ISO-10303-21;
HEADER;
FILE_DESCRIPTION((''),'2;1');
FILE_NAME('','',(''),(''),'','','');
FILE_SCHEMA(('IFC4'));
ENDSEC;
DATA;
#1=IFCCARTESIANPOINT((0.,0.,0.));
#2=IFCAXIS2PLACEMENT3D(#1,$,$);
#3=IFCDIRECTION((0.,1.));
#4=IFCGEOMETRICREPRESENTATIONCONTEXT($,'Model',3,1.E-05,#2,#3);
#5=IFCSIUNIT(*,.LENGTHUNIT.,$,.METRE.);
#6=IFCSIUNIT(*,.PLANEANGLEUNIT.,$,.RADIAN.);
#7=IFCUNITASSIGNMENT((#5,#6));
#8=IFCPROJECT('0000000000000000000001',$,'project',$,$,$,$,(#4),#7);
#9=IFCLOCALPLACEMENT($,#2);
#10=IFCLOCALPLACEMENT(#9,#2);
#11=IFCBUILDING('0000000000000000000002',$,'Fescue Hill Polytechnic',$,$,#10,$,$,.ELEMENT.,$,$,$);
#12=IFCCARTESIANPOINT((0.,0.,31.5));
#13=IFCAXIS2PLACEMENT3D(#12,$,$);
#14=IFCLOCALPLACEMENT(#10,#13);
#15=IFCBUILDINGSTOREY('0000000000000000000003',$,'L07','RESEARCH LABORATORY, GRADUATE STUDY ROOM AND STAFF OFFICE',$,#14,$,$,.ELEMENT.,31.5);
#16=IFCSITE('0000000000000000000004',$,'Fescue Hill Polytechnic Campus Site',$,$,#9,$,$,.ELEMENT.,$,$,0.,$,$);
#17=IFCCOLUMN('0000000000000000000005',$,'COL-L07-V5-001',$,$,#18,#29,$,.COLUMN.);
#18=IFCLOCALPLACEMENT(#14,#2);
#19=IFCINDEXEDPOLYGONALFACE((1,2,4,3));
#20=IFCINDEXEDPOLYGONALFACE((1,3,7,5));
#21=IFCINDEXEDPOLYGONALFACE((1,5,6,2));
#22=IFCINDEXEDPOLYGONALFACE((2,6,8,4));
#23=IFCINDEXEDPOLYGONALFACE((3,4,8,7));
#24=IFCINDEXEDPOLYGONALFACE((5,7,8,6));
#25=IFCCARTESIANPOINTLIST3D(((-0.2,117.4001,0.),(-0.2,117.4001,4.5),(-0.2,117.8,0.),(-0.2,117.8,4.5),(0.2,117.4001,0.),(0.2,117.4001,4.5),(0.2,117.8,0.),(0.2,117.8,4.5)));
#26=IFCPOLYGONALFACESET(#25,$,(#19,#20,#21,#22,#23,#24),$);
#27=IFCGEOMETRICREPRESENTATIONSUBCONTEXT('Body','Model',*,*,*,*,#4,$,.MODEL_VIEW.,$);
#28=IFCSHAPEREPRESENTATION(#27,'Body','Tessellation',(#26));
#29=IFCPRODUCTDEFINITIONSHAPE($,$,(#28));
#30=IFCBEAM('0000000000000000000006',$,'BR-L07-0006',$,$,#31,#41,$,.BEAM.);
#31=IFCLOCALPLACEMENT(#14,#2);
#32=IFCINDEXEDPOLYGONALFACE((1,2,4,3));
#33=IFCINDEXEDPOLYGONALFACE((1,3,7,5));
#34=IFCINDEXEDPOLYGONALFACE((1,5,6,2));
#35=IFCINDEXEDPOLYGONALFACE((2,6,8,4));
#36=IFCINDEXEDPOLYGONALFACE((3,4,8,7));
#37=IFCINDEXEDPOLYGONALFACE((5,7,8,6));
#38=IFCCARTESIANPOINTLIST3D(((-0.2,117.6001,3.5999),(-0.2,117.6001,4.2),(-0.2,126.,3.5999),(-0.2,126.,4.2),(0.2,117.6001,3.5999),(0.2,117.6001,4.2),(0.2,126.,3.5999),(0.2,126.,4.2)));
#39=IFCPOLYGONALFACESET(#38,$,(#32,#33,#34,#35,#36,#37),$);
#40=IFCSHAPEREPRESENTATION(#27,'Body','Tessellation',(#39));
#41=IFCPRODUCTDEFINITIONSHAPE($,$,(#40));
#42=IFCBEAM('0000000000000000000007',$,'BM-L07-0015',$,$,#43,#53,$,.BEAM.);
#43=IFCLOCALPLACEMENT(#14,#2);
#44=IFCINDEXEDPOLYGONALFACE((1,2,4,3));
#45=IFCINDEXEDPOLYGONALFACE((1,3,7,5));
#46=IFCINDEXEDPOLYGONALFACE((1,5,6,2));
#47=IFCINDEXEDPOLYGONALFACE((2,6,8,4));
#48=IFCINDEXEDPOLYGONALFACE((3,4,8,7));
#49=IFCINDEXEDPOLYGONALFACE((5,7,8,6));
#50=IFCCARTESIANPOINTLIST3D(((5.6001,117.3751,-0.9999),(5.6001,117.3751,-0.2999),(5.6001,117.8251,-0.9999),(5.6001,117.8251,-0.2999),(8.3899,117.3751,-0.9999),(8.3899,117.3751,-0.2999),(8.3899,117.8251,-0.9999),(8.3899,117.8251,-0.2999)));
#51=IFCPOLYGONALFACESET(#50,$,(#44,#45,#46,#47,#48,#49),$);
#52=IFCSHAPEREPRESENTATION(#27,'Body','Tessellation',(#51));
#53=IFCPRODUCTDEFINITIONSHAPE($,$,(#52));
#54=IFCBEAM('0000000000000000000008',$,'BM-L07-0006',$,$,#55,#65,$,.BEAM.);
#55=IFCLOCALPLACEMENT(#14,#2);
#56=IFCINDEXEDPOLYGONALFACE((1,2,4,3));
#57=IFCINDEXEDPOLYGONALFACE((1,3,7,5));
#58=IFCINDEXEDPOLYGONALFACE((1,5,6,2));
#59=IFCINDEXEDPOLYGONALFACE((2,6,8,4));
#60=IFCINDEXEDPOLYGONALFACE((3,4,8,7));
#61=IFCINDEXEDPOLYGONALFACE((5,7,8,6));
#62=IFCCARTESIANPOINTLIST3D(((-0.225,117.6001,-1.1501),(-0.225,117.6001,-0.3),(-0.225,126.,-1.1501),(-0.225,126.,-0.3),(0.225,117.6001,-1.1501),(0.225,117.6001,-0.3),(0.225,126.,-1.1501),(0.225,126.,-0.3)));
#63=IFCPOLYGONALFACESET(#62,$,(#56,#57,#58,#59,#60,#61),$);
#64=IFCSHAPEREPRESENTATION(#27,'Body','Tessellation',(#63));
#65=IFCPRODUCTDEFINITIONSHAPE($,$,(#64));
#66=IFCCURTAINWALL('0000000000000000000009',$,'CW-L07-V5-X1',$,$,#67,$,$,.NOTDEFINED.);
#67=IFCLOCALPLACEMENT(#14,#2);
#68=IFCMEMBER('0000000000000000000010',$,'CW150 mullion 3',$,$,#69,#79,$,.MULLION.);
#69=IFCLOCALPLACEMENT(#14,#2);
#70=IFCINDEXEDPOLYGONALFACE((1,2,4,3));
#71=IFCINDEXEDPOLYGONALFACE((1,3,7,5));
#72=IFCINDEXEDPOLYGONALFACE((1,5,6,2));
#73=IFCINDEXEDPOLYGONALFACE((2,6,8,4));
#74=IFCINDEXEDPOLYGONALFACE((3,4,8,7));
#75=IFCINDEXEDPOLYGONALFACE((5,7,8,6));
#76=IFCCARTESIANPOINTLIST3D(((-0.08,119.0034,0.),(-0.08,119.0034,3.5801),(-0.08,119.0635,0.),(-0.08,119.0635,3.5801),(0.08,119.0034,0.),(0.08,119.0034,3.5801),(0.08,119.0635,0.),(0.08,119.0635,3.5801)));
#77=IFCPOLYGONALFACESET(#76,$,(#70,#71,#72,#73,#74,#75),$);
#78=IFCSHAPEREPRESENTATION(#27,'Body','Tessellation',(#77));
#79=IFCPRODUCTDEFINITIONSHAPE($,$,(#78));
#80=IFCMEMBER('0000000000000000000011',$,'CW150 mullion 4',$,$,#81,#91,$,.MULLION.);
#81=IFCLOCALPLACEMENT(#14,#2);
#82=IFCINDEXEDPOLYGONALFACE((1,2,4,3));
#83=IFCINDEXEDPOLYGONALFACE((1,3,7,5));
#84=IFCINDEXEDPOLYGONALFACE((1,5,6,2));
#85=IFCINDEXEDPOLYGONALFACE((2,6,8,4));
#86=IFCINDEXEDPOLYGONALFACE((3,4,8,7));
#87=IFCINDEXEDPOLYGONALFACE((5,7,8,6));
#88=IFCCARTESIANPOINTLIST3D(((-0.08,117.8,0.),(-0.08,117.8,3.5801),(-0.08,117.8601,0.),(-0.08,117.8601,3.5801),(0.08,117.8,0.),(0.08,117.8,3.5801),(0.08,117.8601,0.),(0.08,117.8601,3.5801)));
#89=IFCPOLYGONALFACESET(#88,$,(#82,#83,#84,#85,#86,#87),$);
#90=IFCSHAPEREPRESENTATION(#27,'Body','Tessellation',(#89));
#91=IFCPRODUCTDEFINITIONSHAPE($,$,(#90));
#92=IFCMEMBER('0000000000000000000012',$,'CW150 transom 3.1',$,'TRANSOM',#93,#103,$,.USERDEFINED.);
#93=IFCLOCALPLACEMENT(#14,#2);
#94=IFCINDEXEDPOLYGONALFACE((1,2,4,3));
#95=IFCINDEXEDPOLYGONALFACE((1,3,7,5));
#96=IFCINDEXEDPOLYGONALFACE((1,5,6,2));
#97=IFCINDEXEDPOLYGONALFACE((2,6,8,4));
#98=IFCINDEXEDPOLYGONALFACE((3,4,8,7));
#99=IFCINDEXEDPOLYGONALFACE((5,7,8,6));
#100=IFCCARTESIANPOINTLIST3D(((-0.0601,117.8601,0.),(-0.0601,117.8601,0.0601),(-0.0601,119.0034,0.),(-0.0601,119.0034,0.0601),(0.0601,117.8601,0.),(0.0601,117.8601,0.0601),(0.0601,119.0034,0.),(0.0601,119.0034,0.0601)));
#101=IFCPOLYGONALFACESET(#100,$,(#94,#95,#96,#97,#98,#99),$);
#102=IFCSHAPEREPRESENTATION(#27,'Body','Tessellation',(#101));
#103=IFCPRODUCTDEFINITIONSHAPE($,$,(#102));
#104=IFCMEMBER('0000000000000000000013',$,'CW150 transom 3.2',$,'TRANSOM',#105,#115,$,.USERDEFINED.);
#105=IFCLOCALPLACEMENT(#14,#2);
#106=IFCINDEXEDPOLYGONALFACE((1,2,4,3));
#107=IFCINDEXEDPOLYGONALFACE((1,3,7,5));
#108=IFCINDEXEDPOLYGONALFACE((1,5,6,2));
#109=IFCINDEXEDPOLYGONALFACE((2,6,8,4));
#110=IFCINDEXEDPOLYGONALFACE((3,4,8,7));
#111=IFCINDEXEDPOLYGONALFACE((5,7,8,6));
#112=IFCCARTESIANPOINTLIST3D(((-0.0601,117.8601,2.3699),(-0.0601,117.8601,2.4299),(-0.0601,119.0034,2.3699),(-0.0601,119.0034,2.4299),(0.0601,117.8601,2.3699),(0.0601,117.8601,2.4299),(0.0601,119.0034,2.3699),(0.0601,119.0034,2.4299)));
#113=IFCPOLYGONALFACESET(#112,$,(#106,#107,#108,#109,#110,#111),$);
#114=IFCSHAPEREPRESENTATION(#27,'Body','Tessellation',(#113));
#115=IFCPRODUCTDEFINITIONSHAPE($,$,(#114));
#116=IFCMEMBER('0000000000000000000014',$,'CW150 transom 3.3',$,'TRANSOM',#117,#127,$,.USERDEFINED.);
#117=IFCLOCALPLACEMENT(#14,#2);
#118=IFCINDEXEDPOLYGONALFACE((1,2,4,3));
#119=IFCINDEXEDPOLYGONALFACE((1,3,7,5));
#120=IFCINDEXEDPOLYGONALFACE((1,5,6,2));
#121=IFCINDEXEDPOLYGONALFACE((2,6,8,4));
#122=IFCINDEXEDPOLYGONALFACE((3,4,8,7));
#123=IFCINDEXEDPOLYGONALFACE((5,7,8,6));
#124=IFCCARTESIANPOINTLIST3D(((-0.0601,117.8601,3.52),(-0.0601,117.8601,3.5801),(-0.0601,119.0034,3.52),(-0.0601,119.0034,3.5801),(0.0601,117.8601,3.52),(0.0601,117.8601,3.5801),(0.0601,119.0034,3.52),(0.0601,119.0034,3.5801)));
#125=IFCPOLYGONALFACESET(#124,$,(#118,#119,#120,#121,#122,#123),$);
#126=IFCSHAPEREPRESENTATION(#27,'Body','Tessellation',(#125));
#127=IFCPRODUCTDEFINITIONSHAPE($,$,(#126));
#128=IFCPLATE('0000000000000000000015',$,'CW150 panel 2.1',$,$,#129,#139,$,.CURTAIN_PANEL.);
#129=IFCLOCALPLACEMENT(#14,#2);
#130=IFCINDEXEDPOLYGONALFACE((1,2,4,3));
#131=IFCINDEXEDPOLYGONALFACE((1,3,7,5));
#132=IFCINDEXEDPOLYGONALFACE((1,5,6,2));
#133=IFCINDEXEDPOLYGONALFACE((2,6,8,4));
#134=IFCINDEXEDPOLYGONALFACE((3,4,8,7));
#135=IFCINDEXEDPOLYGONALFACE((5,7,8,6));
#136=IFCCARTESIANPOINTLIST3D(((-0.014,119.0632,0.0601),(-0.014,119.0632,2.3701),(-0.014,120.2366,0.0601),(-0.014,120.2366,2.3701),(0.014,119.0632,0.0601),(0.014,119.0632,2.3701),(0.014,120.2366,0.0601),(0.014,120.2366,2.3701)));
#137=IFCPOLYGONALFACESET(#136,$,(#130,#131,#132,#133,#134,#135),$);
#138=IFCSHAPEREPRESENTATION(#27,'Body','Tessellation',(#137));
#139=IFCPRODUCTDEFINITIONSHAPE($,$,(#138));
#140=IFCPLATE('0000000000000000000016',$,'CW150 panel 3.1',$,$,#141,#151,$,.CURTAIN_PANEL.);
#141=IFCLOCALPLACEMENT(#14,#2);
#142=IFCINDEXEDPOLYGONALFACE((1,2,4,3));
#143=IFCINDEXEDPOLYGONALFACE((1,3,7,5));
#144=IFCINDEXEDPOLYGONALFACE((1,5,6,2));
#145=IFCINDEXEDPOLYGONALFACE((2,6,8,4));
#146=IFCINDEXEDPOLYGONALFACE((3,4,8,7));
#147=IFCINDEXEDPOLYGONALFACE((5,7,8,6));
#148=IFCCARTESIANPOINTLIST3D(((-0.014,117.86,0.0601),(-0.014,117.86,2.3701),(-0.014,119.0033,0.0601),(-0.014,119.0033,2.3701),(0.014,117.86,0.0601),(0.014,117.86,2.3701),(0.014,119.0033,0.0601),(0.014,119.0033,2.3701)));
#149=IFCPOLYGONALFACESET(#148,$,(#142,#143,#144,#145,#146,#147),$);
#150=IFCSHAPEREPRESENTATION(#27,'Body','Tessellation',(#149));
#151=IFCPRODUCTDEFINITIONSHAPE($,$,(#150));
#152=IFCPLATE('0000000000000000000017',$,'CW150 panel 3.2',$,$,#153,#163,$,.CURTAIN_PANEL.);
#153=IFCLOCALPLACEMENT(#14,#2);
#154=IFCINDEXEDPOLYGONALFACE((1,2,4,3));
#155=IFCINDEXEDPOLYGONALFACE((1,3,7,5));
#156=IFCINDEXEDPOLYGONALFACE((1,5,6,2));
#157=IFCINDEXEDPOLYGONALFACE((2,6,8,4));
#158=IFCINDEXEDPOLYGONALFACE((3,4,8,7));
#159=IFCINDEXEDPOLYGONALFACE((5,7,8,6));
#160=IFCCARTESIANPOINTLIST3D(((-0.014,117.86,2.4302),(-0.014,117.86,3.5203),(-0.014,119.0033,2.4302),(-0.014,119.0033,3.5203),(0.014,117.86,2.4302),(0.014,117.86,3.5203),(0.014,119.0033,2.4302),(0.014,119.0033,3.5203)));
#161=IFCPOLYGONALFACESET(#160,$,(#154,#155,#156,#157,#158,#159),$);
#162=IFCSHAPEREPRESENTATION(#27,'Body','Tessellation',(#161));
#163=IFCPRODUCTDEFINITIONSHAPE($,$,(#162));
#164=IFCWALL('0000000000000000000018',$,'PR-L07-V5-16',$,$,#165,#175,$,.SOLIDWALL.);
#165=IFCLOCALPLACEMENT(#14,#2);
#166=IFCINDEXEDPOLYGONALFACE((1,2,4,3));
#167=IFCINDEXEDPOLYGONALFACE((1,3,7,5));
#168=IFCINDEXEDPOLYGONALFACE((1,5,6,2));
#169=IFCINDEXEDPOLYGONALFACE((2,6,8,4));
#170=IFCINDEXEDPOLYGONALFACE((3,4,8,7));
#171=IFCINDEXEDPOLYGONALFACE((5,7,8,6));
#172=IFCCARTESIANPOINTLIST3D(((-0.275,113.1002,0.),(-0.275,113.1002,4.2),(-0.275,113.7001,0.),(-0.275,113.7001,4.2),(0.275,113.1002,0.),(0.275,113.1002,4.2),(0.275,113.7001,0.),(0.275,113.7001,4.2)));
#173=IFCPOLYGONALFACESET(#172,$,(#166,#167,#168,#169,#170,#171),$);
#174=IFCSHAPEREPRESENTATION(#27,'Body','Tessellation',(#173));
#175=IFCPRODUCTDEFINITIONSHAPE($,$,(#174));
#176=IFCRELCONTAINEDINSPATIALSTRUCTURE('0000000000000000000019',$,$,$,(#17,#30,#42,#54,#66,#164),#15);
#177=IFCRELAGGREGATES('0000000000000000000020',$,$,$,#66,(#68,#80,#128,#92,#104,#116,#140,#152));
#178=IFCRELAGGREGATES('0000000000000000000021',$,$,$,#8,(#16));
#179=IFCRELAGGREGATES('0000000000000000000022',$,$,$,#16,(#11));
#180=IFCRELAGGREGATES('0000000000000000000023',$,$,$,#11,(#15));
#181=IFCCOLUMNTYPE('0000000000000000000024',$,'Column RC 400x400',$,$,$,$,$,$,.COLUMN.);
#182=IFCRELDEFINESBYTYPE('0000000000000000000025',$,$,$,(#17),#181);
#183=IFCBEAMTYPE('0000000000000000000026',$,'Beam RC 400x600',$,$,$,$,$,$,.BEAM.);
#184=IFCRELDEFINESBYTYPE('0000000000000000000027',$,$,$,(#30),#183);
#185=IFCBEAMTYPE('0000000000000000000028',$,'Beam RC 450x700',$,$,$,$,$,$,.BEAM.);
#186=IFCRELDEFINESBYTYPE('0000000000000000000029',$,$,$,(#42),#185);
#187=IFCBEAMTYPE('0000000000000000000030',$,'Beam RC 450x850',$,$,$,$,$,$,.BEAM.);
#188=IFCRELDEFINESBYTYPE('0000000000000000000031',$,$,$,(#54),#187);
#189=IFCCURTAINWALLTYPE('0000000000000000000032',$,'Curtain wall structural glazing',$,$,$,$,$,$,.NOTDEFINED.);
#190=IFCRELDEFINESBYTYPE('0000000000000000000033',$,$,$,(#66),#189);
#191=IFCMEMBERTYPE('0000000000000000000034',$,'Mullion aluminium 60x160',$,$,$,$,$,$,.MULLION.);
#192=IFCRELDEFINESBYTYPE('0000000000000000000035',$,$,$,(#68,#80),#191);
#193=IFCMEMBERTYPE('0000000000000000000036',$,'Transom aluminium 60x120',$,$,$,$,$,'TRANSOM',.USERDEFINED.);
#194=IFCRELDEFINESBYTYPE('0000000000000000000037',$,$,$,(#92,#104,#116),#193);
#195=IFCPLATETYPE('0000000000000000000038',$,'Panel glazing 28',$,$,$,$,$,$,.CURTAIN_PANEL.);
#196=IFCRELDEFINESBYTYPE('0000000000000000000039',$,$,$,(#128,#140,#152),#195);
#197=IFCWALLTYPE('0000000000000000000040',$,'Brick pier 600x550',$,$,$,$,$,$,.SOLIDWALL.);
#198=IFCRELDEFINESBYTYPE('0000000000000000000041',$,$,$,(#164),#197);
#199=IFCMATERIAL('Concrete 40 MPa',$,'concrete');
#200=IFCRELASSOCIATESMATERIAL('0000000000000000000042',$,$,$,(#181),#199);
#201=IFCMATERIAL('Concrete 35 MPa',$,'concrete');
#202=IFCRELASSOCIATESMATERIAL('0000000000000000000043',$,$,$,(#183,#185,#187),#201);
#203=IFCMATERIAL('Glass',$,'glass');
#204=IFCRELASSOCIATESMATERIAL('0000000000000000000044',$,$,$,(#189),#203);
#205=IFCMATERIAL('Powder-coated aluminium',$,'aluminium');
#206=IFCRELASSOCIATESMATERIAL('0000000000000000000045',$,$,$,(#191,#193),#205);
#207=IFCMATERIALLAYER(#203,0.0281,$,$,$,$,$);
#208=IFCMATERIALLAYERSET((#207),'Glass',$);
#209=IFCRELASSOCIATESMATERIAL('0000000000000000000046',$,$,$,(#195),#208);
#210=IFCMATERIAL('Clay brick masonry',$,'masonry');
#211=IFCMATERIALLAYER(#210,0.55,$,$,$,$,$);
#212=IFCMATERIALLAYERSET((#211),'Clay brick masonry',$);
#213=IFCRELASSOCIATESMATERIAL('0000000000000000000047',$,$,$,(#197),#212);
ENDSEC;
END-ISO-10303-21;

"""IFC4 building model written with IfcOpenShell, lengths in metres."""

from ifc_helpers import new_model, si_unit, direction, frame, frame_2d, origin, origin_2d, place, context, subcontext, project, spatial, rectangle, extrude, material, layer, layer_set, material_profile, profile_set, type_object, element, aggregate, save


model = new_model("IFC4")

# Units and contexts
model_context = context("Model", 3, precision=1e-05, world=origin(), true_north=direction((0.0, 1.0)))
body_context = subcontext(model_context, "Body", "Model", "MODEL_VIEW")
ifc_project = project(units=[si_unit("LENGTHUNIT", "METRE"), si_unit("PLANEANGLEUNIT", "RADIAN")], contexts=[model_context])

# Site, building, storey
site_placement = place(None, origin())
site = spatial("IfcSite", under=ifc_project, at=site_placement, Name="Fescue Hill Polytechnic Campus Site", CompositionType="ELEMENT", RefElevation=0.0)
building_placement = place(site_placement, origin())
building = spatial("IfcBuilding", under=site, at=building_placement, Name="Fescue Hill Polytechnic", CompositionType="ELEMENT")
storey_placement = place(building_placement, frame((0.0, 0.0, 31.5)))
storey = spatial("IfcBuildingStorey", under=building, at=storey_placement, Name="L07", Description="RESEARCH LABORATORY, GRADUATE STUDY ROOM AND STAFF OFFICE", CompositionType="ELEMENT", Elevation=31.5)

# Column
ifc_material_1 = material(Name="Concrete 40 MPa", Category="concrete")
ifc_material_profile_1 = material_profile(ifc_material_1, rectangle(XDim=0.3999, YDim=0.3999, at=origin_2d()), Name="RC 400x400")
ifc_profile_set_1 = profile_set([ifc_material_profile_1], Name="Concrete 40 MPa")
column_type = type_object("IfcColumnType", Name="Column RC 400x400", PredefinedType="COLUMN", material=ifc_profile_set_1)
column_placement = place(storey_placement, frame((0.0, 117.6001, 0.0), z_axis=(0.0, 0.0, 1.0), x_axis=(1.0, 0.0, 0.0)))
element("IfcColumn", 1, at=column_placement, inside=storey, type_object=column_type, Name="COL-L07-V5-001", PredefinedType="COLUMN", context=body_context, shape_type="SweptSolid", body=[
    extrude(rectangle(XDim=0.3999, YDim=0.3999, at=origin_2d()), origin(), (0.0, 0.0, 1.0), 4.5),
])

# Beams
ifc_material_2 = material(Name="Concrete 35 MPa", Category="concrete")
ifc_material_profile_2 = material_profile(ifc_material_2, rectangle(XDim=0.3999, YDim=0.6001, at=origin_2d()), Name="RC 400x600")
ifc_profile_set_2 = profile_set([ifc_material_profile_2], Name="Concrete 35 MPa")
beam_type_1 = type_object("IfcBeamType", Name="Beam RC 400x600", PredefinedType="BEAM", material=ifc_profile_set_2)
beam_1_placement = place(storey_placement, frame((0.0, 117.6001, 3.8999), z_axis=(0.0, 1.0, 0.0), x_axis=(-1.0, 0.0, 0.0)))
element("IfcBeam", 2, at=beam_1_placement, inside=storey, type_object=beam_type_1, Name="BR-L07-0006", PredefinedType="BEAM", context=body_context, shape_type="SweptSolid", body=[
    extrude(rectangle(XDim=0.3999, YDim=0.6001, at=origin_2d()), origin(), (0.0, 0.0, 1.0), 8.3999),
])
ifc_material_profile_3 = material_profile(ifc_material_2, rectangle(XDim=0.45, YDim=0.7, at=origin_2d()), Name="RC 450x700")
ifc_profile_set_3 = profile_set([ifc_material_profile_3], Name="Concrete 35 MPa")
beam_type_2 = type_object("IfcBeamType", Name="Beam RC 450x700", PredefinedType="BEAM", material=ifc_profile_set_3)
beam_2_placement = place(storey_placement, frame((5.6001, 117.6001, -0.6499), z_axis=(1.0, 0.0, 0.0), x_axis=(0.0, 1.0, 0.0)))
element("IfcBeam", 3, at=beam_2_placement, inside=storey, type_object=beam_type_2, Name="BM-L07-0015", PredefinedType="BEAM", context=body_context, shape_type="SweptSolid", body=[
    extrude(rectangle(XDim=0.45, YDim=0.7, at=origin_2d()), origin(), (0.0, 0.0, 1.0), 2.7898),
])
ifc_material_profile_4 = material_profile(ifc_material_2, rectangle(XDim=0.45, YDim=0.8501, at=origin_2d()), Name="RC 450x850")
ifc_profile_set_4 = profile_set([ifc_material_profile_4], Name="Concrete 35 MPa")
beam_type_3 = type_object("IfcBeamType", Name="Beam RC 450x850", PredefinedType="BEAM", material=ifc_profile_set_4)
beam_3_placement = place(storey_placement, frame((0.0, 117.6001, -0.7251), z_axis=(0.0, 1.0, 0.0), x_axis=(-1.0, 0.0, 0.0)))
element("IfcBeam", 4, at=beam_3_placement, inside=storey, type_object=beam_type_3, Name="BM-L07-0006", PredefinedType="BEAM", context=body_context, shape_type="SweptSolid", body=[
    extrude(rectangle(XDim=0.45, YDim=0.8501, at=origin_2d()), origin(), (0.0, 0.0, 1.0), 8.3999),
])

# Curtain wall, members, plates
ifc_material_3 = material(Name="Glass", Category="glass")
curtain_wall_type = type_object("IfcCurtainWallType", Name="Curtain wall structural glazing", PredefinedType="NOTDEFINED", material=ifc_material_3)
curtain_wall_placement = place(storey_placement, origin())
curtain_wall = element("IfcCurtainWall", 5, at=curtain_wall_placement, inside=storey, type_object=curtain_wall_type, Name="CW-L07-V5-X1", PredefinedType="NOTDEFINED")
ifc_material_4 = material(Name="Powder-coated aluminium", Category="aluminium")
ifc_material_profile_5 = material_profile(ifc_material_4, rectangle(XDim=0.1599, YDim=0.0601, at=origin_2d()), Name="Mullion aluminium 60x160")
ifc_profile_set_5 = profile_set([ifc_material_profile_5], Name="Powder-coated aluminium")
member_type_1 = type_object("IfcMemberType", Name="Mullion aluminium 60x160", PredefinedType="MULLION", material=ifc_profile_set_5)
member_1_placement = place(storey_placement, frame((0.0, 119.0334, 0.0), z_axis=(0.0, 0.0, 1.0), x_axis=(1.0, 0.0, 0.0)))
member_1 = element("IfcMember", 6, at=member_1_placement, type_object=member_type_1, Name="CW150 mullion 3", PredefinedType="MULLION", context=body_context, shape_type="SweptSolid", body=[
    extrude(rectangle(XDim=0.1599, YDim=0.0601, at=origin_2d()), origin(), (0.0, 0.0, 1.0), 3.5801),
])
member_2_placement = place(storey_placement, frame((0.0, 117.8301, 0.0), z_axis=(0.0, 0.0, 1.0), x_axis=(1.0, 0.0, 0.0)))
member_2 = element("IfcMember", 7, at=member_2_placement, type_object=member_type_1, Name="CW150 mullion 4", PredefinedType="MULLION", context=body_context, shape_type="SweptSolid", body=[
    extrude(rectangle(XDim=0.1599, YDim=0.0601, at=origin_2d()), origin(), (0.0, 0.0, 1.0), 3.5801),
])
ifc_material_profile_6 = material_profile(ifc_material_4, rectangle(XDim=0.1201, YDim=0.0601, at=origin_2d()), Name="Transom aluminium 60x120")
ifc_profile_set_6 = profile_set([ifc_material_profile_6], Name="Powder-coated aluminium")
member_type_2 = type_object("IfcMemberType", Name="Transom aluminium 60x120", ElementType="TRANSOM", PredefinedType="USERDEFINED", material=ifc_profile_set_6)
member_3_placement = place(storey_placement, frame((0.0, 119.0034, 0.03), z_axis=(0.0, -1.0, 0.0), x_axis=(1.0, 0.0, 0.0)))
member_3 = element("IfcMember", 8, at=member_3_placement, type_object=member_type_2, Name="CW150 transom 3.1", ObjectType="TRANSOM", PredefinedType="USERDEFINED", context=body_context, shape_type="SweptSolid", body=[
    extrude(rectangle(XDim=0.1201, YDim=0.0601, at=origin_2d()), origin(), (0.0, 0.0, 1.0), 1.1433),
])
member_4_placement = place(storey_placement, frame((0.0, 119.0034, 2.3999), z_axis=(0.0, -1.0, 0.0), x_axis=(1.0, 0.0, 0.0)))
member_4 = element("IfcMember", 9, at=member_4_placement, type_object=member_type_2, Name="CW150 transom 3.2", ObjectType="TRANSOM", PredefinedType="USERDEFINED", context=body_context, shape_type="SweptSolid", body=[
    extrude(rectangle(XDim=0.1201, YDim=0.0601, at=origin_2d()), origin(), (0.0, 0.0, 1.0), 1.1433),
])
member_5_placement = place(storey_placement, frame((0.0, 119.0034, 3.55), z_axis=(0.0, -1.0, 0.0), x_axis=(1.0, 0.0, 0.0)))
member_5 = element("IfcMember", 10, at=member_5_placement, type_object=member_type_2, Name="CW150 transom 3.3", ObjectType="TRANSOM", PredefinedType="USERDEFINED", context=body_context, shape_type="SweptSolid", body=[
    extrude(rectangle(XDim=0.1201, YDim=0.0601, at=origin_2d()), origin(), (0.0, 0.0, 1.0), 1.1433),
])
ifc_layer_1 = layer(ifc_material_3, 0.0281)
ifc_layer_set_1 = layer_set([ifc_layer_1], Name="Glass")
plate_type = type_object("IfcPlateType", Name="Panel glazing 28", PredefinedType="CURTAIN_PANEL", material=ifc_layer_set_1)
plate_1_placement = place(storey_placement, frame((0.0, 119.6499, 0.0601), z_axis=(0.0, 0.0, 1.0), x_axis=(0.0, -1.0, 0.0)))
plate_1 = element("IfcPlate", 11, at=plate_1_placement, type_object=plate_type, Name="CW150 panel 2.1", PredefinedType="CURTAIN_PANEL", context=body_context, shape_type="SweptSolid", body=[
    extrude(rectangle(XDim=1.1733, YDim=0.0281, at=origin_2d()), origin(), (0.0, 0.0, 1.0), 2.3101),
])
plate_2_placement = place(storey_placement, frame((0.0, 118.4316, 0.0601), z_axis=(0.0, 0.0, 1.0), x_axis=(0.0, -1.0, 0.0)))
plate_2 = element("IfcPlate", 12, at=plate_2_placement, type_object=plate_type, Name="CW150 panel 3.1", PredefinedType="CURTAIN_PANEL", context=body_context, shape_type="SweptSolid", body=[
    extrude(rectangle(XDim=1.1433, YDim=0.0281, at=origin_2d()), origin(), (0.0, 0.0, 1.0), 2.3101),
])
plate_3_placement = place(storey_placement, frame((0.0, 118.4316, 2.4302), z_axis=(0.0, 0.0, 1.0), x_axis=(0.0, -1.0, 0.0)))
plate_3 = element("IfcPlate", 13, at=plate_3_placement, type_object=plate_type, Name="CW150 panel 3.2", PredefinedType="CURTAIN_PANEL", context=body_context, shape_type="SweptSolid", body=[
    extrude(rectangle(XDim=1.1433, YDim=0.0281, at=origin_2d()), origin(), (0.0, 0.0, 1.0), 1.0901),
])
aggregate(curtain_wall, [member_1, member_2, plate_1, member_3, member_4, member_5, plate_2, plate_3])

# Wall
ifc_material_5 = material(Name="Clay brick masonry", Category="masonry")
ifc_layer_2 = layer(ifc_material_5, 0.55)
ifc_layer_set_2 = layer_set([ifc_layer_2], Name="Clay brick masonry")
wall_type_1 = type_object("IfcWallType", Name="Brick pier 600x550", PredefinedType="SOLIDWALL", material=ifc_layer_set_2)
wall_1_placement = place(storey_placement, frame((0.0, 113.7, 0.0), z_axis=(0.0, 0.0, 1.0), x_axis=(0.0, -1.0, 0.0)))
element("IfcWall", 14, at=wall_1_placement, inside=storey, type_object=wall_type_1, Name="PR-L07-V5-16", PredefinedType="SOLIDWALL", context=body_context, shape_type="SweptSolid", body=[
    extrude(rectangle(XDim=0.5999, YDim=0.55, at=frame_2d((0.2998, 0.0))), origin(), (0.0, 0.0, 1.0), 4.2),
])

save(model, "model.ifc")
